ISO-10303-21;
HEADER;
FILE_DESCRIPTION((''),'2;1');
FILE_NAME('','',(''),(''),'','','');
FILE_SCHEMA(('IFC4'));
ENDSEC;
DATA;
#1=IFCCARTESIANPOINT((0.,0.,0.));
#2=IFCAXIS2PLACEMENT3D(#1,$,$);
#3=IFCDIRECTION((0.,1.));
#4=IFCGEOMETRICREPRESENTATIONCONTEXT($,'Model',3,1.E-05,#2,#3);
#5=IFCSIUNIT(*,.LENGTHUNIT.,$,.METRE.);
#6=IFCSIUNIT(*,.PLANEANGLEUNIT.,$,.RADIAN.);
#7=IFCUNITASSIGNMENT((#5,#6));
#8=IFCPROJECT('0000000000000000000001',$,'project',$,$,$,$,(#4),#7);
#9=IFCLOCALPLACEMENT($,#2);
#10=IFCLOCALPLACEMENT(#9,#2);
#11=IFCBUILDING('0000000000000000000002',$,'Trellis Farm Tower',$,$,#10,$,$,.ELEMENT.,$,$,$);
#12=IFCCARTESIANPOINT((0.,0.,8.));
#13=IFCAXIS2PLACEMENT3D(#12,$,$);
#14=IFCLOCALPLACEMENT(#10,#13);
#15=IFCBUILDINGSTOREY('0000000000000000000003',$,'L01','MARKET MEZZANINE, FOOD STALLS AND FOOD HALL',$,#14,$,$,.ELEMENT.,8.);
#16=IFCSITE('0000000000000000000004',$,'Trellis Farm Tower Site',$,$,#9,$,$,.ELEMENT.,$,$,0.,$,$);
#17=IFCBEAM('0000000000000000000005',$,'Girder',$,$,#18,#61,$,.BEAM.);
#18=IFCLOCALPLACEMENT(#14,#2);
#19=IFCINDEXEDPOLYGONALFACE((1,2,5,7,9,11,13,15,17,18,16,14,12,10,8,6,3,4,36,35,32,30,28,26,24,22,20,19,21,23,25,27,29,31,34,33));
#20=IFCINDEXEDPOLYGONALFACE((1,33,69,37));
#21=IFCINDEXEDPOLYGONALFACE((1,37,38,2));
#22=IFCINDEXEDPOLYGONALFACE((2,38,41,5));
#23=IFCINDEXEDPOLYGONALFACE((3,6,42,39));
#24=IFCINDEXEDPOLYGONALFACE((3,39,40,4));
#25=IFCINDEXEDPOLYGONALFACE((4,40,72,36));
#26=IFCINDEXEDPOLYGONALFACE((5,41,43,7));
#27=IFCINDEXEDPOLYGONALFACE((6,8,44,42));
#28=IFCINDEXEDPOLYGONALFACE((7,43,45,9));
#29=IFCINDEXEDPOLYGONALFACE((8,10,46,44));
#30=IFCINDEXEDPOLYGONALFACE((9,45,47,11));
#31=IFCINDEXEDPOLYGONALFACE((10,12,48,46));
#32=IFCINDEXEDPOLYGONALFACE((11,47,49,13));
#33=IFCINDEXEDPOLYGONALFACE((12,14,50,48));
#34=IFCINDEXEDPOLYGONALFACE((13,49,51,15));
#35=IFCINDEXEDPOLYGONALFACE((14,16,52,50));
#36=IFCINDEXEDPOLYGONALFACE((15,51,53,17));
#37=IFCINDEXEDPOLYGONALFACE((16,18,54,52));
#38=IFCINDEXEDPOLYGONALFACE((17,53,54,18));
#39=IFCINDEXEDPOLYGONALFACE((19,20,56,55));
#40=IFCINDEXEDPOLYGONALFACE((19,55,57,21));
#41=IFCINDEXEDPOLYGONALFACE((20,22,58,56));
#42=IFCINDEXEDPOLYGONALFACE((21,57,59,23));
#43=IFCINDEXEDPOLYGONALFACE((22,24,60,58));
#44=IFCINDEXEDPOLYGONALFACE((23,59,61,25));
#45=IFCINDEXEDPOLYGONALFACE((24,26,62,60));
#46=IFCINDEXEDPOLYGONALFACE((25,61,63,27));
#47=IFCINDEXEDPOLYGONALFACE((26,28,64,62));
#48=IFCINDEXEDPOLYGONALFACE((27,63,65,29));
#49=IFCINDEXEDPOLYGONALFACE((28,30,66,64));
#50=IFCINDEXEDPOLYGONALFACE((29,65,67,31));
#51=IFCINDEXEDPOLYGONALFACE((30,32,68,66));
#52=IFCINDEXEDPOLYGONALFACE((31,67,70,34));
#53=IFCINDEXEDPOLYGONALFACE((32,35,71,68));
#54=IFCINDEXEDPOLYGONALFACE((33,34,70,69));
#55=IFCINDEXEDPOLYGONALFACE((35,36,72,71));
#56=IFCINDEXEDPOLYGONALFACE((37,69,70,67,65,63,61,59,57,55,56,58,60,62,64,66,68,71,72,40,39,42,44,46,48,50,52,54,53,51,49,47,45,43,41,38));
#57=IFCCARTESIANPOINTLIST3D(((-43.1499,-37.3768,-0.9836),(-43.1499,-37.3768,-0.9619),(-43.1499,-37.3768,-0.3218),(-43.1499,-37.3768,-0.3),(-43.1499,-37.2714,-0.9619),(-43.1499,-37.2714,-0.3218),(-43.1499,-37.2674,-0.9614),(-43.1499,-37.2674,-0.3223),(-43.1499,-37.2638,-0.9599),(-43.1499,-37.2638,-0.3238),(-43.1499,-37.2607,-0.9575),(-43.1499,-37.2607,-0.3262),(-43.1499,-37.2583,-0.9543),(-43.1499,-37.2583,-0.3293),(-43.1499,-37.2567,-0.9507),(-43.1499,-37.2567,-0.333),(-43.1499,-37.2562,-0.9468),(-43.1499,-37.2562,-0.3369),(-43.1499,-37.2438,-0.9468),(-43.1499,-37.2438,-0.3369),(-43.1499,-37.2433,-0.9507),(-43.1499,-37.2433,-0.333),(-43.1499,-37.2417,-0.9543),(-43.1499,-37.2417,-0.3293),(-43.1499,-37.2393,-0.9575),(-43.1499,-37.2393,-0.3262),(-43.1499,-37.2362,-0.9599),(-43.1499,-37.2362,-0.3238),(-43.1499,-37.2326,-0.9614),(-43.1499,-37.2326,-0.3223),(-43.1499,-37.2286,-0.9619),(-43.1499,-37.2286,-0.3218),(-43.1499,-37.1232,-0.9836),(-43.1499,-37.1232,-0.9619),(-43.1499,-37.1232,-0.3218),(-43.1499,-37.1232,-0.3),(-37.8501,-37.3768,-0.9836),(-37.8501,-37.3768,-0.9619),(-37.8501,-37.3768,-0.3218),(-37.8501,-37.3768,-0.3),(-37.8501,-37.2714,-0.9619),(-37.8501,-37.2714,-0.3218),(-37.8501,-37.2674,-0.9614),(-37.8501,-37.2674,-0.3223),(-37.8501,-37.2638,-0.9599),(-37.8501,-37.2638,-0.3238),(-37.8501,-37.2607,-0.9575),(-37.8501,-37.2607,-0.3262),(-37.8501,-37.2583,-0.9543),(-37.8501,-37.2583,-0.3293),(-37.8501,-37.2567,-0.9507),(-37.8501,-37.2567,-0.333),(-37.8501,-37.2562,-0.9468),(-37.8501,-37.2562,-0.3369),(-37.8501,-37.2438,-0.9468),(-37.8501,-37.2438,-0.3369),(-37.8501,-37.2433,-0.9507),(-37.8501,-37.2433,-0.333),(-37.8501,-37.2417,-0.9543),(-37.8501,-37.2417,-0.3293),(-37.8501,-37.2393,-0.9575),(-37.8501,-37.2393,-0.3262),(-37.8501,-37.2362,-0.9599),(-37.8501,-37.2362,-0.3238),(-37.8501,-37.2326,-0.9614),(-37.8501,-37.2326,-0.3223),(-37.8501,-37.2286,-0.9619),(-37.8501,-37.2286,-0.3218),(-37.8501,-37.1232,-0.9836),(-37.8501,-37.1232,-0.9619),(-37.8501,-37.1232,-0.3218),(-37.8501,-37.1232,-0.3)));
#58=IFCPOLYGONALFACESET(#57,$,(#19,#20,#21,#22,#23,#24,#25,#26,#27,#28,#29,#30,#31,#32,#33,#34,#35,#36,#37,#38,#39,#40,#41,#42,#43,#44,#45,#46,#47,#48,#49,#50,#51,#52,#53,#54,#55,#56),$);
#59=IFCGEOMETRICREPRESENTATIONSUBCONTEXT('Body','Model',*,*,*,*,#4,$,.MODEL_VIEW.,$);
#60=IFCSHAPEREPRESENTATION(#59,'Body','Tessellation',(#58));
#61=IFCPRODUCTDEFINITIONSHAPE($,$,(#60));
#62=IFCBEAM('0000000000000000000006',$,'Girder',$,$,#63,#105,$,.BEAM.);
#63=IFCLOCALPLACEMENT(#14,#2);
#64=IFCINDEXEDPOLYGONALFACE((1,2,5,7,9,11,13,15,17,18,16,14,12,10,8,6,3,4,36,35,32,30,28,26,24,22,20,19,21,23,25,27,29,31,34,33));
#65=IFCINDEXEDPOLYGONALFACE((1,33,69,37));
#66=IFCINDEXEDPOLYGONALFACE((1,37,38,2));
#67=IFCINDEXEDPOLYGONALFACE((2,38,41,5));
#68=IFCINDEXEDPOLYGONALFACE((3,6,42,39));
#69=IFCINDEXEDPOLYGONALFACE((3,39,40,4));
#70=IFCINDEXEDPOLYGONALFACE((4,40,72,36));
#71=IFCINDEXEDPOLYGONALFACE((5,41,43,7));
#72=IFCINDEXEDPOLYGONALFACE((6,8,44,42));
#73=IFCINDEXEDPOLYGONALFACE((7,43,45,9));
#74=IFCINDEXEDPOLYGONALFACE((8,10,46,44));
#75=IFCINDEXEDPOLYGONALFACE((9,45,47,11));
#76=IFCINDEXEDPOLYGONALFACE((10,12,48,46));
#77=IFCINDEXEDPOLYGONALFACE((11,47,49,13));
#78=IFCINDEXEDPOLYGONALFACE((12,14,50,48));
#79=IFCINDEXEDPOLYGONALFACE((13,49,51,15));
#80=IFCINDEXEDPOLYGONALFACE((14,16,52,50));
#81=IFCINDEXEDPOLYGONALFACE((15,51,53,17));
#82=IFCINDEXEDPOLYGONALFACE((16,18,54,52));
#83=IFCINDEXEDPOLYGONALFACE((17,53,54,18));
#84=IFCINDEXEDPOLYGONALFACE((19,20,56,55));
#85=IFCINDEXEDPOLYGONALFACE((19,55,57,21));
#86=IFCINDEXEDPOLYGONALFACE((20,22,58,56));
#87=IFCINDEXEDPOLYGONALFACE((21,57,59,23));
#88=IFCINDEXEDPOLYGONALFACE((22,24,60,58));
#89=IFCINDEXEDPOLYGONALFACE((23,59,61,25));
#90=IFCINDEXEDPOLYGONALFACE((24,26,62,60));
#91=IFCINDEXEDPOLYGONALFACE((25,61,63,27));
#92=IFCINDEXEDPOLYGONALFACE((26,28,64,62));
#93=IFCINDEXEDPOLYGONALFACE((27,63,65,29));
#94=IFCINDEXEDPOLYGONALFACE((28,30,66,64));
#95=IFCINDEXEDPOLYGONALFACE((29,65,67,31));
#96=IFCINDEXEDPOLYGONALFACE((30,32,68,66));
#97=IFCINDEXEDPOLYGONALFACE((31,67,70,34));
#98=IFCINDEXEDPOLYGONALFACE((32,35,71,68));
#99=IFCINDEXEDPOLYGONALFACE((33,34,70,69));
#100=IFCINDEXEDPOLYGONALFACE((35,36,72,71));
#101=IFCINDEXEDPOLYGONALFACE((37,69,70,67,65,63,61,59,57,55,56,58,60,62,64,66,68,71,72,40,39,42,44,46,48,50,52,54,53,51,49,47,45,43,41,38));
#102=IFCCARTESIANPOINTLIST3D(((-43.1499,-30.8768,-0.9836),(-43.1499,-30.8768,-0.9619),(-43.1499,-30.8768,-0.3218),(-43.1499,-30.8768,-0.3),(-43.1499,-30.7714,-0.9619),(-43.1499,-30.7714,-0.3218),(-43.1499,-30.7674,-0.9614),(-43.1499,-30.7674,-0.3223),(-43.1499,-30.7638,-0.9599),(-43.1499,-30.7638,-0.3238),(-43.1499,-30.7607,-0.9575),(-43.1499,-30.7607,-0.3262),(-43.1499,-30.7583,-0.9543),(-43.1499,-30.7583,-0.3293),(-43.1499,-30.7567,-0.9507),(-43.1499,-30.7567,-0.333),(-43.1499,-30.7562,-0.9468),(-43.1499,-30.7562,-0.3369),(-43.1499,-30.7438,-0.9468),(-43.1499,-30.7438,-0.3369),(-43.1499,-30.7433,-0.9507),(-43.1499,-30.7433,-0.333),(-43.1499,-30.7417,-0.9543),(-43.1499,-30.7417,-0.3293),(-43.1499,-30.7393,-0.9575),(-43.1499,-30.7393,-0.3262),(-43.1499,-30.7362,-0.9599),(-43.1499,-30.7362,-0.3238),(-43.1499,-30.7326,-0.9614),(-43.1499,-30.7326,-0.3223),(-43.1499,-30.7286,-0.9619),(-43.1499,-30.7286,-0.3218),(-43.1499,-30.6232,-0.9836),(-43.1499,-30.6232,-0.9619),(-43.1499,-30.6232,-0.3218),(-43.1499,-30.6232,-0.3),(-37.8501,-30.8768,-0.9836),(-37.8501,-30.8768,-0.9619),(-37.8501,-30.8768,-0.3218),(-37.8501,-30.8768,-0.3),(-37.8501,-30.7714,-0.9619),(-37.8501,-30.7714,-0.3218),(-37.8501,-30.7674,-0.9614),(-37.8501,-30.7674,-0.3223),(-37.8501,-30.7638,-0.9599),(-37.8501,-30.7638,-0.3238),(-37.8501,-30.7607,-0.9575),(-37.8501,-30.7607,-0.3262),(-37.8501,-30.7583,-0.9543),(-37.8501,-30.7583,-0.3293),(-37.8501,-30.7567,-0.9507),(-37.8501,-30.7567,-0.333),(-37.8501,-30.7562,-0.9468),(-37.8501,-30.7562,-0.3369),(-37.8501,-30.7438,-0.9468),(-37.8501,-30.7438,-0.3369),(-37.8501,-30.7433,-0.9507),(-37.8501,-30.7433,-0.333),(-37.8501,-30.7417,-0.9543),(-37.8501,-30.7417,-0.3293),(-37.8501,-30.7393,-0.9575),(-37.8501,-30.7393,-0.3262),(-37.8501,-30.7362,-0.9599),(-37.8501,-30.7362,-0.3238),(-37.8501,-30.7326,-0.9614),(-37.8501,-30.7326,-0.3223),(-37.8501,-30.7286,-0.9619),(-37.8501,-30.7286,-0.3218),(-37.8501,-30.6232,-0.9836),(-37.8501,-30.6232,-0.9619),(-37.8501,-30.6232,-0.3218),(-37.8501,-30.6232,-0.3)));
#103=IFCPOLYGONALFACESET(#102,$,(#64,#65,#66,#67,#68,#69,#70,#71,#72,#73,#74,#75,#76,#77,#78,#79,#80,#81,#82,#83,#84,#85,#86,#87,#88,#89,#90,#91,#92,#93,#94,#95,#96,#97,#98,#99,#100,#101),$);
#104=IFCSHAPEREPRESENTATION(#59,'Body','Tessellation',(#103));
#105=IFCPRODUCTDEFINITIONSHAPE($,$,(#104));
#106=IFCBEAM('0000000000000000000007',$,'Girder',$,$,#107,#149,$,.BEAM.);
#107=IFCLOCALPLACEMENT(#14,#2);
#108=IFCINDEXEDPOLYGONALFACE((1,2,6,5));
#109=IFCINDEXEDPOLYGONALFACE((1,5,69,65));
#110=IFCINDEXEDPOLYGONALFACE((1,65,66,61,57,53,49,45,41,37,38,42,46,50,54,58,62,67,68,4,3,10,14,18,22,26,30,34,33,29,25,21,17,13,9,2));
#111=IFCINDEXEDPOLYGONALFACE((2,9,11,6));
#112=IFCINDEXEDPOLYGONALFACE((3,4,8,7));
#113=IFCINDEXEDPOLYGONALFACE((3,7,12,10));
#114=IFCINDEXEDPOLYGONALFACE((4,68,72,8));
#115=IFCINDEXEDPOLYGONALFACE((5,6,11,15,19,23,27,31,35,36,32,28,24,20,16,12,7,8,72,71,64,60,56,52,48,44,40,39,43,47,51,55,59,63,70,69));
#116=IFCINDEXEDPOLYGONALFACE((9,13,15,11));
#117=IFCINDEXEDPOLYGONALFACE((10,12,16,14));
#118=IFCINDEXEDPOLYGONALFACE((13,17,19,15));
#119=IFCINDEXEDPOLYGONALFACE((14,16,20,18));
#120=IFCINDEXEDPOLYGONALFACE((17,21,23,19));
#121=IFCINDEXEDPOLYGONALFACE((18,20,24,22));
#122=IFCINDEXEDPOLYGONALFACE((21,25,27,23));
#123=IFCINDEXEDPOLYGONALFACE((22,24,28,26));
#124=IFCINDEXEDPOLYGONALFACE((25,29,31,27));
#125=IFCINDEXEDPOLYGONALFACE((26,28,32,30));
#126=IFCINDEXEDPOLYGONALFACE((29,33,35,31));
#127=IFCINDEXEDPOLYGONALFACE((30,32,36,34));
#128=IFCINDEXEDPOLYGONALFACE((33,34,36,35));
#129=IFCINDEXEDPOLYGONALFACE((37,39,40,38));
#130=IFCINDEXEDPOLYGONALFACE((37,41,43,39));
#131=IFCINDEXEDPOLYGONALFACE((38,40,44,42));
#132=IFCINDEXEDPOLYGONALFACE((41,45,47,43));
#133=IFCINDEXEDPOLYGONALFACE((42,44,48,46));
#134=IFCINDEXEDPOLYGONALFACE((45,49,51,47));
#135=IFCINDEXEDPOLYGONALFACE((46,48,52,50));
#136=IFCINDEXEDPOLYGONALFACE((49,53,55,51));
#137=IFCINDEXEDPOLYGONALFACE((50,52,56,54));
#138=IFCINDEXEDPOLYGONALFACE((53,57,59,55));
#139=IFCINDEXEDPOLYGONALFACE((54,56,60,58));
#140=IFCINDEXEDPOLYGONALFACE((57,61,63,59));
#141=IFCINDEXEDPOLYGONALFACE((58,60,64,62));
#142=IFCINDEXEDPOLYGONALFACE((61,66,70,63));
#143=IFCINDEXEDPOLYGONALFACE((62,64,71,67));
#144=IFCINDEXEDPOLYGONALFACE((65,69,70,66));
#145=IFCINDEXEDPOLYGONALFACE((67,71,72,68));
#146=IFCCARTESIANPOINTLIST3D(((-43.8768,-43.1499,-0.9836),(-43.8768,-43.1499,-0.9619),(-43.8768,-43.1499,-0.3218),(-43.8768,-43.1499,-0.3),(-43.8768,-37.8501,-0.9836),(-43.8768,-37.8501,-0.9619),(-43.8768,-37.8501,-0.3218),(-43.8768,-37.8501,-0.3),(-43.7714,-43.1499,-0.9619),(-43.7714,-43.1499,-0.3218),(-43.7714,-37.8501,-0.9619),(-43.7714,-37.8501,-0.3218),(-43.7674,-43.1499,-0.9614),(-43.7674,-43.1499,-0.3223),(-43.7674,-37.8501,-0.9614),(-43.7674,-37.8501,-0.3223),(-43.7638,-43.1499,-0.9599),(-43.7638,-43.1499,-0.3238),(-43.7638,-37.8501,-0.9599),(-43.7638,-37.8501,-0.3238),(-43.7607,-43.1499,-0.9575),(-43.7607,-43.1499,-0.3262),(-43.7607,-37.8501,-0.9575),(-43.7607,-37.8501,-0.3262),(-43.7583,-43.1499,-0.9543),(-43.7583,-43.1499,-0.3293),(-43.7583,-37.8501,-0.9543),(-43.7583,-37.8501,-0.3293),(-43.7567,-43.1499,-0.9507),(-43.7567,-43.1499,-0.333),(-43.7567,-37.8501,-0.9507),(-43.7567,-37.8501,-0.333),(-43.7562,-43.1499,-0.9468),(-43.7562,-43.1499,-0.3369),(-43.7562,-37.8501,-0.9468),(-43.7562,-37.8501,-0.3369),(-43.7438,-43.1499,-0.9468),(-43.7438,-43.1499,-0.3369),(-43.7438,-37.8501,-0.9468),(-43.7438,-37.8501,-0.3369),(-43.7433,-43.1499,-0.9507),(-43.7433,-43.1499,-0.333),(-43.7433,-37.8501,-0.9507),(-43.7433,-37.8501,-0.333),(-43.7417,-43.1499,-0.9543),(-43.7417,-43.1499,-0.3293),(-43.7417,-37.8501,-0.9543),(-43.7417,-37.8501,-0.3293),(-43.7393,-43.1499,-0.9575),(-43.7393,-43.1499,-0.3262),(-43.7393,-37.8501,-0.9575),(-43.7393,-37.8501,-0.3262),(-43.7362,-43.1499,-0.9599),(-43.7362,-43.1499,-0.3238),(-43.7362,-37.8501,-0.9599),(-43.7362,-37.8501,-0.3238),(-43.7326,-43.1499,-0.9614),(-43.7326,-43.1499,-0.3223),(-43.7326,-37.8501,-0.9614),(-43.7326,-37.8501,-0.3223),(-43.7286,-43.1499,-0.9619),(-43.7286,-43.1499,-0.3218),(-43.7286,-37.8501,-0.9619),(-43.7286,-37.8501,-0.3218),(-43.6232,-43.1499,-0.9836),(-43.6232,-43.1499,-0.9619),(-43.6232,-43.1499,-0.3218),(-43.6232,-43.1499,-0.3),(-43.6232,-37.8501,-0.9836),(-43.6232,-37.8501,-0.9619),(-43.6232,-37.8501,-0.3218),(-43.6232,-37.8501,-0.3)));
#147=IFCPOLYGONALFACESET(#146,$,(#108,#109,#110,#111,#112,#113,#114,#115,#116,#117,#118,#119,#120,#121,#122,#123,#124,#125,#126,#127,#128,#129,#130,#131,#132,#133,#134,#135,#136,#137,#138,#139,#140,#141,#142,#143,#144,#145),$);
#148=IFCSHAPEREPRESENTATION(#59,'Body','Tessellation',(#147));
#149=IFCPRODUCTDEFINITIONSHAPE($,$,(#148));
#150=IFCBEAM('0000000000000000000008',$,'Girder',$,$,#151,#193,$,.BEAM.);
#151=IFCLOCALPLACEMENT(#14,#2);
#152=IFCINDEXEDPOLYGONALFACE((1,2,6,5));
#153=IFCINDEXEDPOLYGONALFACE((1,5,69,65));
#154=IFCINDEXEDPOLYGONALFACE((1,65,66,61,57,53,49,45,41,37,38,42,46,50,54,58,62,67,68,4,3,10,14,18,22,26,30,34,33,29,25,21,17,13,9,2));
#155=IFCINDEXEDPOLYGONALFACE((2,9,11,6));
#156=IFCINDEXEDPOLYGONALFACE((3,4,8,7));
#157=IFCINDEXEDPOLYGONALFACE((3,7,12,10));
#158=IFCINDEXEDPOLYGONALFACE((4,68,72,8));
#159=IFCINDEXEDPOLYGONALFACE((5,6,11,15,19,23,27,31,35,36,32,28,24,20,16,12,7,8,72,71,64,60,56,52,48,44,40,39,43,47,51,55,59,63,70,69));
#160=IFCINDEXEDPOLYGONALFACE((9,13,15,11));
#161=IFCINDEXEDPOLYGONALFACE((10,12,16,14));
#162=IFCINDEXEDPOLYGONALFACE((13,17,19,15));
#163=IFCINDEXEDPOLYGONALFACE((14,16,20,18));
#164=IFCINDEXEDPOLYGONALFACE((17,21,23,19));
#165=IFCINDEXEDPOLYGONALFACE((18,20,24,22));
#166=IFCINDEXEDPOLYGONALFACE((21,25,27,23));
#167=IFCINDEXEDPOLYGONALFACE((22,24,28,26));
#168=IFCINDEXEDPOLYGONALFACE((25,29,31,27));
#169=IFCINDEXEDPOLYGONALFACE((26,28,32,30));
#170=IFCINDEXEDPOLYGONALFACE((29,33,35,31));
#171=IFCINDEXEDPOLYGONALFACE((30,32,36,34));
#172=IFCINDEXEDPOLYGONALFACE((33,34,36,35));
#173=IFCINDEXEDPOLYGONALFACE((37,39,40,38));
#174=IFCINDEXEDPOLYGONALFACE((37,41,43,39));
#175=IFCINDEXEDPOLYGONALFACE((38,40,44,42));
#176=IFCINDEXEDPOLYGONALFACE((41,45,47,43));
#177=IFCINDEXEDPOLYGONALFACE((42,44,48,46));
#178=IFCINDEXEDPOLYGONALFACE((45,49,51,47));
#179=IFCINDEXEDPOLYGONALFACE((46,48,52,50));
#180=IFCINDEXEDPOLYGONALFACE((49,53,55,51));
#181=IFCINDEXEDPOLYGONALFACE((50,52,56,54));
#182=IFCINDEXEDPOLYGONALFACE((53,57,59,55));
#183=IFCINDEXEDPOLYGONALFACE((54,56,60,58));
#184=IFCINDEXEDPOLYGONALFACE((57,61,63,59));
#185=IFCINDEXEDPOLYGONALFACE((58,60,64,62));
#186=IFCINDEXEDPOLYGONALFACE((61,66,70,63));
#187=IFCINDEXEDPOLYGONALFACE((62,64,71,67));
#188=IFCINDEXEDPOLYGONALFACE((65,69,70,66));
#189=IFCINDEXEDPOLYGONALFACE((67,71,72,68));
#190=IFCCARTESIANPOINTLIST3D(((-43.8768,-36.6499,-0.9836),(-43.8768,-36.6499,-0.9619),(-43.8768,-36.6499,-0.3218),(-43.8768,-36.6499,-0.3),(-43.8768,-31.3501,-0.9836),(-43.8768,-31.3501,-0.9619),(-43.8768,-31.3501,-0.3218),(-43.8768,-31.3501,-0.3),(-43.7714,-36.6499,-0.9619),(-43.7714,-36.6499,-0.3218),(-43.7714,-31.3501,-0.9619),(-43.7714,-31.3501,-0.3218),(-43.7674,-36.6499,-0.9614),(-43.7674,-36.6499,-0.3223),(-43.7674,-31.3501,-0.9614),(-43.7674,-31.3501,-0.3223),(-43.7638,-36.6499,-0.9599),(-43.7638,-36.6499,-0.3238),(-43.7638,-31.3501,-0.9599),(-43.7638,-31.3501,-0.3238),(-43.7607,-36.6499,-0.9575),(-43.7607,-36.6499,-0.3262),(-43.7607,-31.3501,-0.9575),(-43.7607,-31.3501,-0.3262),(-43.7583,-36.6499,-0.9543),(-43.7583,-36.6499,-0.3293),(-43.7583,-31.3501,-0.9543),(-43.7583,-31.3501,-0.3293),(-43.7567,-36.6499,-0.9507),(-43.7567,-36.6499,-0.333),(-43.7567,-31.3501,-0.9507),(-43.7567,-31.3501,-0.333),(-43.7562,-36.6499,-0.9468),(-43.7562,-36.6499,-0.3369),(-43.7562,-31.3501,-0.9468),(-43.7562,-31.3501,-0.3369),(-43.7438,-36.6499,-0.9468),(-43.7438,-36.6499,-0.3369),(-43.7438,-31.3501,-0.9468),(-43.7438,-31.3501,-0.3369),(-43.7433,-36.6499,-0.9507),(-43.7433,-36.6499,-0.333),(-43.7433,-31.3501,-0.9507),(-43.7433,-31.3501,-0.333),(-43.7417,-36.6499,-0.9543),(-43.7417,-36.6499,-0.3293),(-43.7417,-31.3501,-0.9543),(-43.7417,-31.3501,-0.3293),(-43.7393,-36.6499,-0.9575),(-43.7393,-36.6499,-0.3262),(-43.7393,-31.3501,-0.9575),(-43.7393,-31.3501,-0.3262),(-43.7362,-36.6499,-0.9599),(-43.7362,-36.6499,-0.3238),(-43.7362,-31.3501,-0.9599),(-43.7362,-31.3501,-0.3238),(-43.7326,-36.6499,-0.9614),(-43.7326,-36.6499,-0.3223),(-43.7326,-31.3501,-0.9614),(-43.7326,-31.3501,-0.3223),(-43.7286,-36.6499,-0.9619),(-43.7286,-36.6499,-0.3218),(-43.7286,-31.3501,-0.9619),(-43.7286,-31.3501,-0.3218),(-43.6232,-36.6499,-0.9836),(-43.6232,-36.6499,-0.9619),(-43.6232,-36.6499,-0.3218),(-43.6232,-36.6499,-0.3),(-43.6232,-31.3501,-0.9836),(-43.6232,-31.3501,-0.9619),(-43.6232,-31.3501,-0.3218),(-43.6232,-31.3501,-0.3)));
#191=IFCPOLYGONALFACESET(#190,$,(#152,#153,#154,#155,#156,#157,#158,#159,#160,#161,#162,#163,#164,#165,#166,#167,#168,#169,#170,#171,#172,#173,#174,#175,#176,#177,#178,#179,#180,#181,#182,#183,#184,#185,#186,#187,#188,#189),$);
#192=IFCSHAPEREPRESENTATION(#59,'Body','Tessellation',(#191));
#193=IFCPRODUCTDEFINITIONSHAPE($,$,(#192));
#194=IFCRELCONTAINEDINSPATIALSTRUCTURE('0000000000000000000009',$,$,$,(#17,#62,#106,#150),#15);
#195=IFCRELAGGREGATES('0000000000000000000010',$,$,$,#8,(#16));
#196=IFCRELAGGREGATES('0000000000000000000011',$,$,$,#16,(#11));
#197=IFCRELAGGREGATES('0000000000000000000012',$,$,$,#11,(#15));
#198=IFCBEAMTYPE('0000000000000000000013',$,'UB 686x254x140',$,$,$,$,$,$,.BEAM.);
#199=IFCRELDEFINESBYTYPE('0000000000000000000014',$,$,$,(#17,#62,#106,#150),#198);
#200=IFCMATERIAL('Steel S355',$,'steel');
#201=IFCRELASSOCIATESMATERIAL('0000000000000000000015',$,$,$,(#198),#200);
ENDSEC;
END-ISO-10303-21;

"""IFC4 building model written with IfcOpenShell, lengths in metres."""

from ifc_helpers import new_model, si_unit, direction, frame, origin, origin_2d, place, context, subcontext, project, spatial, i_section, extrude, source, transform, mapped, material, material_profile, profile_set, type_object, element, save


model = new_model("IFC4")

# Units and contexts
model_context = context("Model", 3, precision=1e-05, world=origin(), true_north=direction((0.0, 1.0)))
body_context = subcontext(model_context, "Body", "Model", "MODEL_VIEW")
ifc_project = project(units=[si_unit("LENGTHUNIT", "METRE"), si_unit("PLANEANGLEUNIT", "RADIAN")], contexts=[model_context])

# Site, building, storey
site_placement = place(None, origin())
site = spatial("IfcSite", under=ifc_project, at=site_placement, Name="Trellis Farm Tower Site", CompositionType="ELEMENT", RefElevation=0.0)
building_placement = place(site_placement, origin())
building = spatial("IfcBuilding", under=site, at=building_placement, Name="Trellis Farm Tower", CompositionType="ELEMENT")
storey_placement = place(building_placement, frame((0.0, 0.0, 8.0)))
storey = spatial("IfcBuildingStorey", under=building, at=storey_placement, Name="L01", Description="MARKET MEZZANINE, FOOD STALLS AND FOOD HALL", CompositionType="ELEMENT", Elevation=8.0)

# Beams
ifc_material_1 = material(Name="Steel S355", Category="steel")
ifc_material_profile_1 = material_profile(ifc_material_1, i_section(OverallWidth=0.2537, OverallDepth=0.6836, WebThickness=0.0125, FlangeThickness=0.0217, FilletRadius=0.0151, at=origin_2d()), Name="UB 686x254x140")
ifc_profile_set_1 = profile_set([ifc_material_profile_1], Name="Steel S355")
beam_type_1 = type_object("IfcBeamType", Name="UB 686x254x140", PredefinedType="BEAM", material=ifc_profile_set_1)
shared_shape_1 = source(origin(), body_context, "Body", "SweptSolid", [
    extrude(i_section(OverallWidth=0.2537, OverallDepth=0.6836, WebThickness=0.0125, FlangeThickness=0.0217, FilletRadius=0.0151, at=origin_2d()), origin(), (0.0, 0.0, 1.0), 5.2998),
])
for number, where, z_axis, x_axis, name in (
    (1, (-43.1499, -37.25, -0.6418), (1.0, 0.0, 0.0), (0.0, 1.0, 0.0), "Girder"),
    (2, (-43.1499, -30.75, -0.6418), (1.0, 0.0, 0.0), (0.0, 1.0, 0.0), "Girder"),
    (3, (-43.75, -43.1499, -0.6418), (0.0, 1.0, 0.0), (-1.0, 0.0, 0.0), "Girder"),
    (4, (-43.75, -36.6499, -0.6418), (0.0, 1.0, 0.0), (-1.0, 0.0, 0.0), "Girder"),
):
    element("IfcBeam", number, at=place(storey_placement, frame(where, z_axis=z_axis, x_axis=x_axis)), inside=storey, type_object=beam_type_1, Name=name, PredefinedType="BEAM", context=body_context, shape_type="MappedRepresentation", body=[
        mapped(shared_shape_1, transform((0.0, 0.0, 0.0))),
    ])

save(model, "model.ifc")
